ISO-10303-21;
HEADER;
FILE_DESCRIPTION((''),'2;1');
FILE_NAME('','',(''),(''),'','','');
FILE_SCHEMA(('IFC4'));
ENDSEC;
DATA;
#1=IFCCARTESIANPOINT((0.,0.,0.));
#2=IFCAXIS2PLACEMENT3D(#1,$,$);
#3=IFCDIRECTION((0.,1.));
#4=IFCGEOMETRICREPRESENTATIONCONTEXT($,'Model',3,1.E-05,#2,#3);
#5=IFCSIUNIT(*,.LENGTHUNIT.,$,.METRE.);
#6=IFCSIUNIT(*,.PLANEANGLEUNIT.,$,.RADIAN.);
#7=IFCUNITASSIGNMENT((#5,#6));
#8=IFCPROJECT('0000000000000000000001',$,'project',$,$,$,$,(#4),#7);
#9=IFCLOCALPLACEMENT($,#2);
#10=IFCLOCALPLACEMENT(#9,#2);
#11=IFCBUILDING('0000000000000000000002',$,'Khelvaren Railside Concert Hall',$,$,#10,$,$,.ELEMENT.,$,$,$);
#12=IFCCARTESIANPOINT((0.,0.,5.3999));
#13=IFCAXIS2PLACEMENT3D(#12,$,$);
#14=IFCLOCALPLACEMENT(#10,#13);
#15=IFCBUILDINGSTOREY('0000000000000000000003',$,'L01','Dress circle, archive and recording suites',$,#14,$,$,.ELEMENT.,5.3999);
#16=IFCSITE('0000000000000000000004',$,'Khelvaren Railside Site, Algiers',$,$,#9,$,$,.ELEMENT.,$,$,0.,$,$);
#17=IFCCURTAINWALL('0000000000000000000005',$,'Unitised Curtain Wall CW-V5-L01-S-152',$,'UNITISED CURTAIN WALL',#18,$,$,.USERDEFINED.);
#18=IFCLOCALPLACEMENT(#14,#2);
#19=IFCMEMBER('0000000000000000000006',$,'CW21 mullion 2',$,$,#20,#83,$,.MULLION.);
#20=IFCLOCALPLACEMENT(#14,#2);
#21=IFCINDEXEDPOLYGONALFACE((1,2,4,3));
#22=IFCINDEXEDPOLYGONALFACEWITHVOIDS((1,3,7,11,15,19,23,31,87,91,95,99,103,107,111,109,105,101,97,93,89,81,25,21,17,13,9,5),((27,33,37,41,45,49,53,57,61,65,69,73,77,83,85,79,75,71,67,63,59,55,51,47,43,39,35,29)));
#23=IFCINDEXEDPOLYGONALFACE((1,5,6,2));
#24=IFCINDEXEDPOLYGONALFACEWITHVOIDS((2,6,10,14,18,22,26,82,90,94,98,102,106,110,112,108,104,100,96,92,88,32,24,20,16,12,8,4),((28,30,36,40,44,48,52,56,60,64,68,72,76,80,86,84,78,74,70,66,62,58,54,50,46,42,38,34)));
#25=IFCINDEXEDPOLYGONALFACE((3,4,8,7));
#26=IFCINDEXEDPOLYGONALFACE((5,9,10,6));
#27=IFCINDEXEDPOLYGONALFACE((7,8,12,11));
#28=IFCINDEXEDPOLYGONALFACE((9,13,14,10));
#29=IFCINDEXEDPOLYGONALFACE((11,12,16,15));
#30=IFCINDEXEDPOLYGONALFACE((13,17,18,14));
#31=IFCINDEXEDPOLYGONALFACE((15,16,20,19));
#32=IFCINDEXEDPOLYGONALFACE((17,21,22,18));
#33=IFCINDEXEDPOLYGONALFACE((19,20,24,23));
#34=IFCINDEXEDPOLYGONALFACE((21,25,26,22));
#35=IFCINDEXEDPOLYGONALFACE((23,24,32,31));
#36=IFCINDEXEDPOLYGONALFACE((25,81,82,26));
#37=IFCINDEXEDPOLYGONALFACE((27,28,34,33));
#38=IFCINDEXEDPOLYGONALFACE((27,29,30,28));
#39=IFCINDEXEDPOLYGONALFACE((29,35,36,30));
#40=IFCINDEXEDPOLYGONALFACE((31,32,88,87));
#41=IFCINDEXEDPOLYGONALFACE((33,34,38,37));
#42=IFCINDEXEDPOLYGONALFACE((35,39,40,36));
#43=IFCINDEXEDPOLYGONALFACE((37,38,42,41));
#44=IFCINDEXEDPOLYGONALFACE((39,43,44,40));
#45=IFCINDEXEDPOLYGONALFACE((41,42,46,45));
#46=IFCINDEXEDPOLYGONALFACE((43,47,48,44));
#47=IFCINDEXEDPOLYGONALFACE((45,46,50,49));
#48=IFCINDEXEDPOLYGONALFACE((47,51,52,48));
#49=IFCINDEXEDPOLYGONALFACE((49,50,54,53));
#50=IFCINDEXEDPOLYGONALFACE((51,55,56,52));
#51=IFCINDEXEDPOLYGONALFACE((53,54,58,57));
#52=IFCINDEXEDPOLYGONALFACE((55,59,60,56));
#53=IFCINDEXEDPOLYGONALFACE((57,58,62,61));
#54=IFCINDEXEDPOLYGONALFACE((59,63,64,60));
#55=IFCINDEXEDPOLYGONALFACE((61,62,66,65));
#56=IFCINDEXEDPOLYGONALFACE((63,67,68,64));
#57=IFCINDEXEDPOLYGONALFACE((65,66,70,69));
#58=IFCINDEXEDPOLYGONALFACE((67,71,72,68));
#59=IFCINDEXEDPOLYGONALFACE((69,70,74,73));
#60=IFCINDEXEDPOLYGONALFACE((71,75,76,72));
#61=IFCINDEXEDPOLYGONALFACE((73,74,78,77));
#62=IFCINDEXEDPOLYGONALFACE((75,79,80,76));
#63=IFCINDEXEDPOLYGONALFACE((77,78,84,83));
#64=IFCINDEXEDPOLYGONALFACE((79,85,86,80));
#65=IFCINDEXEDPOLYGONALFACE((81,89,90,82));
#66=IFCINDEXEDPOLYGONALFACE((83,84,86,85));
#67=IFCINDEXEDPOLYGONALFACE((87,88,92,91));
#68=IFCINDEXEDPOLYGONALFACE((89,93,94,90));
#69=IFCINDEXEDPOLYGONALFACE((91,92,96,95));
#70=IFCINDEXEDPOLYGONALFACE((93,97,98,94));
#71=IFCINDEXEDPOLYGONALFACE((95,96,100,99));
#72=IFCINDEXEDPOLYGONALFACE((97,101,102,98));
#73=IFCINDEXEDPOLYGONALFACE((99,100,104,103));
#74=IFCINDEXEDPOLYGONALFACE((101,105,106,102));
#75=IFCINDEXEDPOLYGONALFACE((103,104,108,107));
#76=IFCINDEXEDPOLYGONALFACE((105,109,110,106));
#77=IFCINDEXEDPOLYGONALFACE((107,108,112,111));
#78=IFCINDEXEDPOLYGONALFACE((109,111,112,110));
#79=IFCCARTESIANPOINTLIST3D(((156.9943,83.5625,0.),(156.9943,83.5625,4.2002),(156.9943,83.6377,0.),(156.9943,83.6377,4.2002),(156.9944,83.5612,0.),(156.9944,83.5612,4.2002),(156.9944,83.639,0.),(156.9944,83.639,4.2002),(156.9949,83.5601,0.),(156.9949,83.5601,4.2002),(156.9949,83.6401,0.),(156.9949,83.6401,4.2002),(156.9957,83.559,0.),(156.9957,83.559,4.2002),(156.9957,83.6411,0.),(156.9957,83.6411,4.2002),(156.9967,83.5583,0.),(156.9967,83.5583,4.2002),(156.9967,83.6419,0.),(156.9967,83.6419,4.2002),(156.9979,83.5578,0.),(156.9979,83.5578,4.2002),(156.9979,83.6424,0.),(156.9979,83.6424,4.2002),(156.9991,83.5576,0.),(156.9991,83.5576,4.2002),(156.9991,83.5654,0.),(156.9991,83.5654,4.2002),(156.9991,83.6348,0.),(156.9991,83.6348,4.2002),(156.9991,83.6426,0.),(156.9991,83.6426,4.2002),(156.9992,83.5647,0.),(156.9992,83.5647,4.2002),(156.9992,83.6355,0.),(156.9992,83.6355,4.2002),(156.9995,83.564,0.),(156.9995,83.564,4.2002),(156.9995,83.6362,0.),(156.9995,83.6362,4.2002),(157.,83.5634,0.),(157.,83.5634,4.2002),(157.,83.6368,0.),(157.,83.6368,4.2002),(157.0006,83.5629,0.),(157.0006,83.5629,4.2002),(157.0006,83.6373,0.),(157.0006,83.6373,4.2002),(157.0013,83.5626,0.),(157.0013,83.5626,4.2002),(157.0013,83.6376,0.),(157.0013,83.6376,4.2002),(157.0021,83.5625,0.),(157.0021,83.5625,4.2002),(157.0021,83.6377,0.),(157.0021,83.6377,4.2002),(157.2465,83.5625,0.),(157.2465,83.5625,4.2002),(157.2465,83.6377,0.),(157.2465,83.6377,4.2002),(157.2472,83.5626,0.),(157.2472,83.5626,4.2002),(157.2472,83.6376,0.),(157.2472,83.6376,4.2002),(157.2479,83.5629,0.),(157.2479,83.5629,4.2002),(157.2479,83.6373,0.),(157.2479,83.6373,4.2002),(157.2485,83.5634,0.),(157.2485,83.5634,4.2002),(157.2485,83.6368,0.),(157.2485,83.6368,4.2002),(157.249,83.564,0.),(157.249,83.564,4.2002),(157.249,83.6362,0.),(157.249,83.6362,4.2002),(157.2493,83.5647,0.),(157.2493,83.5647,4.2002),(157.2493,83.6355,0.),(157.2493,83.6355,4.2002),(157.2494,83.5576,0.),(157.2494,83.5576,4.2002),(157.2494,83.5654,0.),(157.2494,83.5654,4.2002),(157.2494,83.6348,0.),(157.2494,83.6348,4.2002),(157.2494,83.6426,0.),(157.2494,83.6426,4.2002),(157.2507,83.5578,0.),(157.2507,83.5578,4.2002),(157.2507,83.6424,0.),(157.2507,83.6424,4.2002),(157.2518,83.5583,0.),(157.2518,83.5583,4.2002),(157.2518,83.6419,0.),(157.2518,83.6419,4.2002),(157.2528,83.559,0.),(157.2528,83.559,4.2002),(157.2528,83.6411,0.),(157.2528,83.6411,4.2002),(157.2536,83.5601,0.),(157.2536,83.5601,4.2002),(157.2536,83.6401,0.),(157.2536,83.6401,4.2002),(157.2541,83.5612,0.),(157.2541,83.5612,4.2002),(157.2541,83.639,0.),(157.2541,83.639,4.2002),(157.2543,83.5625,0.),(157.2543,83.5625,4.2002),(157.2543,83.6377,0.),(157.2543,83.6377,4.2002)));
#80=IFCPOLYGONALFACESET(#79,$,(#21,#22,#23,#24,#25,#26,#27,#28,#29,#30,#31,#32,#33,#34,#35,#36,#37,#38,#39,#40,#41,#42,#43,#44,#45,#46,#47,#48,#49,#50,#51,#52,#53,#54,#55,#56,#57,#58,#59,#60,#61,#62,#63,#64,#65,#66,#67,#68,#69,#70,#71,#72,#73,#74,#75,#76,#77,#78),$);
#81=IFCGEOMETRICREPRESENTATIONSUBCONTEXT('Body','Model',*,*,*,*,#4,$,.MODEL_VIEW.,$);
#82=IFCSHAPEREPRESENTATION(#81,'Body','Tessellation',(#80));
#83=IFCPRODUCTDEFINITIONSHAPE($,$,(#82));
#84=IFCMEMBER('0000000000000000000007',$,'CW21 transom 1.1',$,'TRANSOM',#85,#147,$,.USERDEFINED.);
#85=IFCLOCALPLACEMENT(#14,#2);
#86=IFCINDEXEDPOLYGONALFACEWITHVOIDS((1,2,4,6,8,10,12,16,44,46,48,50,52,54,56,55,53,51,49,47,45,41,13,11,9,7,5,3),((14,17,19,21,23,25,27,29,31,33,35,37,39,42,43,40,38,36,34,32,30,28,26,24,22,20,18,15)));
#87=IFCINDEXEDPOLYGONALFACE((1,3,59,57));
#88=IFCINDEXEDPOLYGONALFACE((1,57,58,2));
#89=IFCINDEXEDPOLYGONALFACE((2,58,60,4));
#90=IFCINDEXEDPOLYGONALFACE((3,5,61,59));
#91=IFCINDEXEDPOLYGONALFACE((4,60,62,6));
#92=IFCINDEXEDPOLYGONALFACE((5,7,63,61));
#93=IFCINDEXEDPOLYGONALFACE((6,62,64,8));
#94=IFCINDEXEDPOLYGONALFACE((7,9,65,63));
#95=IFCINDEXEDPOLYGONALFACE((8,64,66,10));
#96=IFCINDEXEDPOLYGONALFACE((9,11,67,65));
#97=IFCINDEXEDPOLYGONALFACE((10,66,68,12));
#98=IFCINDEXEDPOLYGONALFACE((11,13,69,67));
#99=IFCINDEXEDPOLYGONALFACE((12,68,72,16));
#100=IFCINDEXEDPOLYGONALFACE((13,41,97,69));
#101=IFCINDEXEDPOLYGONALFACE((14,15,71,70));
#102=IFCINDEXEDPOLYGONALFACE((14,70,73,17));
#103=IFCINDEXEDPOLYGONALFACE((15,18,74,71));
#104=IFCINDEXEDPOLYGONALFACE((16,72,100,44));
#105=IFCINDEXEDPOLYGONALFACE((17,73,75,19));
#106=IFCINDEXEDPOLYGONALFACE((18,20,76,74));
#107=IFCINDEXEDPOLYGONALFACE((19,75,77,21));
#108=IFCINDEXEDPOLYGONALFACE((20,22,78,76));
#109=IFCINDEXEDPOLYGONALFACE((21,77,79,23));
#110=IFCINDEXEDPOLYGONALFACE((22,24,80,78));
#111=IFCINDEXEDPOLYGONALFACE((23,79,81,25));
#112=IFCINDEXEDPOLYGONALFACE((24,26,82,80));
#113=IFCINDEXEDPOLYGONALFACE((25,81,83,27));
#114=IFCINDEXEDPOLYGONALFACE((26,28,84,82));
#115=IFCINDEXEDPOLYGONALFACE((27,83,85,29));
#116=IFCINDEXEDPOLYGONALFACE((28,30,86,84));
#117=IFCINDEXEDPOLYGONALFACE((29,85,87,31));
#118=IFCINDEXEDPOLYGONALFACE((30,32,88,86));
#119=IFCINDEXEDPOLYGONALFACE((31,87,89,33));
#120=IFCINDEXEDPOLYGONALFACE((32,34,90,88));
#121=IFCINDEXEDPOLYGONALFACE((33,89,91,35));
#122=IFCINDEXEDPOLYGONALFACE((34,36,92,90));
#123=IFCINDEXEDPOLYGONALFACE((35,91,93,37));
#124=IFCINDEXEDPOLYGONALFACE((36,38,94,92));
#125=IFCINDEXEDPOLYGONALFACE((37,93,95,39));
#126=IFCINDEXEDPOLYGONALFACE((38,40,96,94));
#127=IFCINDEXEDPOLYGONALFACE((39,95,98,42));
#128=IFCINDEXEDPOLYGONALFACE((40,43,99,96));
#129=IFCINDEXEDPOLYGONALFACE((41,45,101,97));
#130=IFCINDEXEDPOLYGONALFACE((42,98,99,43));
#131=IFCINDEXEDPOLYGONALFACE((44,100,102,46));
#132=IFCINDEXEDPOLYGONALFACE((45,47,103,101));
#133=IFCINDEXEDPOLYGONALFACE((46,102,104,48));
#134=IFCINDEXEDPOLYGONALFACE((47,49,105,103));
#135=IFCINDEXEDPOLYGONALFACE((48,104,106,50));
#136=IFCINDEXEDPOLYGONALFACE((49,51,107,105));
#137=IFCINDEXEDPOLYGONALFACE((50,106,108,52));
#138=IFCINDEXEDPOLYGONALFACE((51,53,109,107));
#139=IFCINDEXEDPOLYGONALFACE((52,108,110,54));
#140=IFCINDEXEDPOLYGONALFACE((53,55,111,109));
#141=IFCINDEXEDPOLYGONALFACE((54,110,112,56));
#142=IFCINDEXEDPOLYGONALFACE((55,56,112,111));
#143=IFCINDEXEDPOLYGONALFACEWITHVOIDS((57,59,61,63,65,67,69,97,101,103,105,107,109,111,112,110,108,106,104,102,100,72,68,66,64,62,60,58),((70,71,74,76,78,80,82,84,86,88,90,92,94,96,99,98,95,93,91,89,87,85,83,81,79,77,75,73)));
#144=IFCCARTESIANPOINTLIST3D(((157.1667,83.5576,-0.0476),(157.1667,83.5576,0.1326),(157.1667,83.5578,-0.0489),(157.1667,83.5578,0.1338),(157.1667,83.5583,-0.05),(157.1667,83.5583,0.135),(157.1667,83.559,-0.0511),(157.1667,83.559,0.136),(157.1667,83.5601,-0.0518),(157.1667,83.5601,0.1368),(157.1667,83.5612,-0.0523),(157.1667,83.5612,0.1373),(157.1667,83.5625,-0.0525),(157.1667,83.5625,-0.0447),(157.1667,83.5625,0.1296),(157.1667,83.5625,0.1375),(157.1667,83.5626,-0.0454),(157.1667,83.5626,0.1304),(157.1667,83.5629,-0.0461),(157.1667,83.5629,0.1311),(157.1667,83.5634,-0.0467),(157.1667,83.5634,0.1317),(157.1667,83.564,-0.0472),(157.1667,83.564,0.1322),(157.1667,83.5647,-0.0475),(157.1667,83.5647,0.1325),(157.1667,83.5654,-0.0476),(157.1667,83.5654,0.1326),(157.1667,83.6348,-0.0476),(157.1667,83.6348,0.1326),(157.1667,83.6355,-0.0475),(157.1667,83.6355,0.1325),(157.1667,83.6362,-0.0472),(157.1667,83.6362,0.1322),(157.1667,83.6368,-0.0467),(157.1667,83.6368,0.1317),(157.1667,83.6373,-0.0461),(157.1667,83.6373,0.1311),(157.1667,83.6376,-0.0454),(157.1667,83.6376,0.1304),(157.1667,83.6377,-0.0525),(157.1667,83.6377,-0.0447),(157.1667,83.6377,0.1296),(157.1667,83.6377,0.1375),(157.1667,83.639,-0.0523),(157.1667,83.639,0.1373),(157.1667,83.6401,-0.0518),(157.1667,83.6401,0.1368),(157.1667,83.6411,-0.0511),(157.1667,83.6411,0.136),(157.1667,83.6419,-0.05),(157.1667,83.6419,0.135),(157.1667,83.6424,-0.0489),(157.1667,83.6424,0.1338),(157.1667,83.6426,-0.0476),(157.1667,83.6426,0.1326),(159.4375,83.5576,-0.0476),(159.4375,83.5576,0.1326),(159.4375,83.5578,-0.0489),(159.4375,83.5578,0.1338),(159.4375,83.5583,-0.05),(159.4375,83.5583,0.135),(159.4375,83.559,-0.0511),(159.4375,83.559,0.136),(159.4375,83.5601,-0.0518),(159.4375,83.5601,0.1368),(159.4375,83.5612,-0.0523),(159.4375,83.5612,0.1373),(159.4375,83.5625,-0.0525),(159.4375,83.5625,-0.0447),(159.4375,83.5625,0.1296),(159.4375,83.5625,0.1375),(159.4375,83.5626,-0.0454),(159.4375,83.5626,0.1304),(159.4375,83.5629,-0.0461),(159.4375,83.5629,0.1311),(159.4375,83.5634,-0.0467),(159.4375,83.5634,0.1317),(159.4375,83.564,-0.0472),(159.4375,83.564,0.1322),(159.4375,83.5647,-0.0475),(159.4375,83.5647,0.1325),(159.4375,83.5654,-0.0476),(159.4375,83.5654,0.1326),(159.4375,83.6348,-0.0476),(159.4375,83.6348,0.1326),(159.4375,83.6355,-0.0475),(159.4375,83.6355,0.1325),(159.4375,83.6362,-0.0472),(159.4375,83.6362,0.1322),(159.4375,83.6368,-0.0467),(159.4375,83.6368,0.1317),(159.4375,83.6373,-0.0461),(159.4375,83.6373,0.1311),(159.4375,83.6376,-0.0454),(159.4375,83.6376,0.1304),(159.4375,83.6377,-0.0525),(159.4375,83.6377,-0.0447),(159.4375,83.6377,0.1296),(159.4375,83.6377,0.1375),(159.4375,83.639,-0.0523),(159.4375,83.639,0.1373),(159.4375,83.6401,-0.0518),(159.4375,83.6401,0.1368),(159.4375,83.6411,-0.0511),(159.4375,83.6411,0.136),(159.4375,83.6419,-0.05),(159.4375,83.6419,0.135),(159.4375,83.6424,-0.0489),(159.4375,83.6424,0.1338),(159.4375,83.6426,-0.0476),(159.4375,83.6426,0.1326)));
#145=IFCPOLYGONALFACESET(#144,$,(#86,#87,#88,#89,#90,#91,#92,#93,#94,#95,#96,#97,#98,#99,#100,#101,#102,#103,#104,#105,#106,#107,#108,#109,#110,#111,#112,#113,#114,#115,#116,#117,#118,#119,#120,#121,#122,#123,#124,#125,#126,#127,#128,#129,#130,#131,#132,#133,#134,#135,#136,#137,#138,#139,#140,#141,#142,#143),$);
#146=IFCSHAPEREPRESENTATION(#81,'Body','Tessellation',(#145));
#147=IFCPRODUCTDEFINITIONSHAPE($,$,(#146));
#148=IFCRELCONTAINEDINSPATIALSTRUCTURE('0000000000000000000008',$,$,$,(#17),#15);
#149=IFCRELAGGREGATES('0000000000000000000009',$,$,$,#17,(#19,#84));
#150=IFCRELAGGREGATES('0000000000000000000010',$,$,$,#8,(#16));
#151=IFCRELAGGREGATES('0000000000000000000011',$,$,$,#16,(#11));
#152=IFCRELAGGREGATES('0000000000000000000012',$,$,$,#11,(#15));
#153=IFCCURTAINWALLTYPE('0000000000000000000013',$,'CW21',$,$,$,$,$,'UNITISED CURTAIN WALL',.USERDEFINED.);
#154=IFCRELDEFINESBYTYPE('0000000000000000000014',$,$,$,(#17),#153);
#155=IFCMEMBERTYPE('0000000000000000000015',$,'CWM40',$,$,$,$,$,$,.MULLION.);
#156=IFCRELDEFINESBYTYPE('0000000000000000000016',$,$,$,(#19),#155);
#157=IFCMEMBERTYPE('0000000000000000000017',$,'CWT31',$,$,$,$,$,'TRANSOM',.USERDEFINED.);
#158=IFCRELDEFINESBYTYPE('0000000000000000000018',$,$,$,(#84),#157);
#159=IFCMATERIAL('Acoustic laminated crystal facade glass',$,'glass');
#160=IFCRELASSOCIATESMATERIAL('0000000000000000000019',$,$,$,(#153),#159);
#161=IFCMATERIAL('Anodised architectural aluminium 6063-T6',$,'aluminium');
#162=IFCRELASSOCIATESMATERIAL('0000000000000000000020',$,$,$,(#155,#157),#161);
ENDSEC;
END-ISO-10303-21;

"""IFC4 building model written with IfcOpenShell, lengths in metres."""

from ifc_helpers import new_model, si_unit, direction, frame, origin, origin_2d, place, context, subcontext, project, spatial, hollow_rectangle, extrude, material, material_profile, profile_set, type_object, element, aggregate, save


model = new_model("IFC4")

# Units and contexts
model_context = context("Model", 3, precision=1e-05, world=origin(), true_north=direction((0.0, 1.0)))
body_context = subcontext(model_context, "Body", "Model", "MODEL_VIEW")
ifc_project = project(units=[si_unit("LENGTHUNIT", "METRE"), si_unit("PLANEANGLEUNIT", "RADIAN")], contexts=[model_context])

# Site, building, storey
site_placement = place(None, origin())
site = spatial("IfcSite", under=ifc_project, at=site_placement, Name="Khelvaren Railside Site, Algiers", CompositionType="ELEMENT", RefElevation=0.0)
building_placement = place(site_placement, origin())
building = spatial("IfcBuilding", under=site, at=building_placement, Name="Khelvaren Railside Concert Hall", CompositionType="ELEMENT")
storey_placement = place(building_placement, frame((0.0, 0.0, 5.3999)))
storey = spatial("IfcBuildingStorey", under=building, at=storey_placement, Name="L01", Description="Dress circle, archive and recording suites", CompositionType="ELEMENT", Elevation=5.3999)

# Curtain wall, members
ifc_material_1 = material(Name="Acoustic laminated crystal facade glass", Category="glass")
curtain_wall_type = type_object("IfcCurtainWallType", Name="CW21", ElementType="UNITISED CURTAIN WALL", PredefinedType="USERDEFINED", material=ifc_material_1)
curtain_wall_placement = place(storey_placement, origin())
curtain_wall = element("IfcCurtainWall", 1, at=curtain_wall_placement, inside=storey, type_object=curtain_wall_type, Name="Unitised Curtain Wall CW-V5-L01-S-152", ObjectType="UNITISED CURTAIN WALL", PredefinedType="USERDEFINED")
ifc_material_2 = material(Name="Anodised architectural aluminium 6063-T6", Category="aluminium")
ifc_material_profile_1 = material_profile(ifc_material_2, hollow_rectangle(XDim=0.085, YDim=0.26, WallThickness=0.0049, InnerFilletRadius=0.0029, OuterFilletRadius=0.0049, at=origin_2d()), Name="CWM 85x260x5")
ifc_profile_set_1 = profile_set([ifc_material_profile_1], Name="Anodised architectural aluminium 6063-T6")
member_type_1 = type_object("IfcMemberType", Name="CWM40", PredefinedType="MULLION", material=ifc_profile_set_1)
member_1_placement = place(storey_placement, frame((157.1243, 83.6001, 0.0), z_axis=(0.0, 0.0, 1.0), x_axis=(0.0, -1.0, 0.0)))
member_1 = element("IfcMember", 2, at=member_1_placement, type_object=member_type_1, Name="CW21 mullion 2", PredefinedType="MULLION", context=body_context, shape_type="SweptSolid", body=[
    extrude(hollow_rectangle(XDim=0.085, YDim=0.26, WallThickness=0.0049, InnerFilletRadius=0.0029, OuterFilletRadius=0.0049, at=origin_2d()), origin(), (0.0, 0.0, 1.0), 4.2002),
])
ifc_material_profile_2 = material_profile(ifc_material_2, hollow_rectangle(XDim=0.085, YDim=0.1899, WallThickness=0.0049, InnerFilletRadius=0.0029, OuterFilletRadius=0.0049, at=origin_2d()), Name="CWT 85x190x5")
ifc_profile_set_2 = profile_set([ifc_material_profile_2], Name="Anodised architectural aluminium 6063-T6")
member_type_2 = type_object("IfcMemberType", Name="CWT31", ElementType="TRANSOM", PredefinedType="USERDEFINED", material=ifc_profile_set_2)
member_2_placement = place(storey_placement, frame((159.4375, 83.6001, 0.0425), z_axis=(-1.0, 0.0, 0.0), x_axis=(0.0, -1.0, 0.0)))
member_2 = element("IfcMember", 3, at=member_2_placement, type_object=member_type_2, Name="CW21 transom 1.1", ObjectType="TRANSOM", PredefinedType="USERDEFINED", context=body_context, shape_type="SweptSolid", body=[
    extrude(hollow_rectangle(XDim=0.085, YDim=0.1899, WallThickness=0.0049, InnerFilletRadius=0.0029, OuterFilletRadius=0.0049, at=origin_2d()), origin(), (0.0, 0.0, 1.0), 2.2708),
])

aggregate(curtain_wall, [member_1, member_2])

save(model, "model.ifc")
